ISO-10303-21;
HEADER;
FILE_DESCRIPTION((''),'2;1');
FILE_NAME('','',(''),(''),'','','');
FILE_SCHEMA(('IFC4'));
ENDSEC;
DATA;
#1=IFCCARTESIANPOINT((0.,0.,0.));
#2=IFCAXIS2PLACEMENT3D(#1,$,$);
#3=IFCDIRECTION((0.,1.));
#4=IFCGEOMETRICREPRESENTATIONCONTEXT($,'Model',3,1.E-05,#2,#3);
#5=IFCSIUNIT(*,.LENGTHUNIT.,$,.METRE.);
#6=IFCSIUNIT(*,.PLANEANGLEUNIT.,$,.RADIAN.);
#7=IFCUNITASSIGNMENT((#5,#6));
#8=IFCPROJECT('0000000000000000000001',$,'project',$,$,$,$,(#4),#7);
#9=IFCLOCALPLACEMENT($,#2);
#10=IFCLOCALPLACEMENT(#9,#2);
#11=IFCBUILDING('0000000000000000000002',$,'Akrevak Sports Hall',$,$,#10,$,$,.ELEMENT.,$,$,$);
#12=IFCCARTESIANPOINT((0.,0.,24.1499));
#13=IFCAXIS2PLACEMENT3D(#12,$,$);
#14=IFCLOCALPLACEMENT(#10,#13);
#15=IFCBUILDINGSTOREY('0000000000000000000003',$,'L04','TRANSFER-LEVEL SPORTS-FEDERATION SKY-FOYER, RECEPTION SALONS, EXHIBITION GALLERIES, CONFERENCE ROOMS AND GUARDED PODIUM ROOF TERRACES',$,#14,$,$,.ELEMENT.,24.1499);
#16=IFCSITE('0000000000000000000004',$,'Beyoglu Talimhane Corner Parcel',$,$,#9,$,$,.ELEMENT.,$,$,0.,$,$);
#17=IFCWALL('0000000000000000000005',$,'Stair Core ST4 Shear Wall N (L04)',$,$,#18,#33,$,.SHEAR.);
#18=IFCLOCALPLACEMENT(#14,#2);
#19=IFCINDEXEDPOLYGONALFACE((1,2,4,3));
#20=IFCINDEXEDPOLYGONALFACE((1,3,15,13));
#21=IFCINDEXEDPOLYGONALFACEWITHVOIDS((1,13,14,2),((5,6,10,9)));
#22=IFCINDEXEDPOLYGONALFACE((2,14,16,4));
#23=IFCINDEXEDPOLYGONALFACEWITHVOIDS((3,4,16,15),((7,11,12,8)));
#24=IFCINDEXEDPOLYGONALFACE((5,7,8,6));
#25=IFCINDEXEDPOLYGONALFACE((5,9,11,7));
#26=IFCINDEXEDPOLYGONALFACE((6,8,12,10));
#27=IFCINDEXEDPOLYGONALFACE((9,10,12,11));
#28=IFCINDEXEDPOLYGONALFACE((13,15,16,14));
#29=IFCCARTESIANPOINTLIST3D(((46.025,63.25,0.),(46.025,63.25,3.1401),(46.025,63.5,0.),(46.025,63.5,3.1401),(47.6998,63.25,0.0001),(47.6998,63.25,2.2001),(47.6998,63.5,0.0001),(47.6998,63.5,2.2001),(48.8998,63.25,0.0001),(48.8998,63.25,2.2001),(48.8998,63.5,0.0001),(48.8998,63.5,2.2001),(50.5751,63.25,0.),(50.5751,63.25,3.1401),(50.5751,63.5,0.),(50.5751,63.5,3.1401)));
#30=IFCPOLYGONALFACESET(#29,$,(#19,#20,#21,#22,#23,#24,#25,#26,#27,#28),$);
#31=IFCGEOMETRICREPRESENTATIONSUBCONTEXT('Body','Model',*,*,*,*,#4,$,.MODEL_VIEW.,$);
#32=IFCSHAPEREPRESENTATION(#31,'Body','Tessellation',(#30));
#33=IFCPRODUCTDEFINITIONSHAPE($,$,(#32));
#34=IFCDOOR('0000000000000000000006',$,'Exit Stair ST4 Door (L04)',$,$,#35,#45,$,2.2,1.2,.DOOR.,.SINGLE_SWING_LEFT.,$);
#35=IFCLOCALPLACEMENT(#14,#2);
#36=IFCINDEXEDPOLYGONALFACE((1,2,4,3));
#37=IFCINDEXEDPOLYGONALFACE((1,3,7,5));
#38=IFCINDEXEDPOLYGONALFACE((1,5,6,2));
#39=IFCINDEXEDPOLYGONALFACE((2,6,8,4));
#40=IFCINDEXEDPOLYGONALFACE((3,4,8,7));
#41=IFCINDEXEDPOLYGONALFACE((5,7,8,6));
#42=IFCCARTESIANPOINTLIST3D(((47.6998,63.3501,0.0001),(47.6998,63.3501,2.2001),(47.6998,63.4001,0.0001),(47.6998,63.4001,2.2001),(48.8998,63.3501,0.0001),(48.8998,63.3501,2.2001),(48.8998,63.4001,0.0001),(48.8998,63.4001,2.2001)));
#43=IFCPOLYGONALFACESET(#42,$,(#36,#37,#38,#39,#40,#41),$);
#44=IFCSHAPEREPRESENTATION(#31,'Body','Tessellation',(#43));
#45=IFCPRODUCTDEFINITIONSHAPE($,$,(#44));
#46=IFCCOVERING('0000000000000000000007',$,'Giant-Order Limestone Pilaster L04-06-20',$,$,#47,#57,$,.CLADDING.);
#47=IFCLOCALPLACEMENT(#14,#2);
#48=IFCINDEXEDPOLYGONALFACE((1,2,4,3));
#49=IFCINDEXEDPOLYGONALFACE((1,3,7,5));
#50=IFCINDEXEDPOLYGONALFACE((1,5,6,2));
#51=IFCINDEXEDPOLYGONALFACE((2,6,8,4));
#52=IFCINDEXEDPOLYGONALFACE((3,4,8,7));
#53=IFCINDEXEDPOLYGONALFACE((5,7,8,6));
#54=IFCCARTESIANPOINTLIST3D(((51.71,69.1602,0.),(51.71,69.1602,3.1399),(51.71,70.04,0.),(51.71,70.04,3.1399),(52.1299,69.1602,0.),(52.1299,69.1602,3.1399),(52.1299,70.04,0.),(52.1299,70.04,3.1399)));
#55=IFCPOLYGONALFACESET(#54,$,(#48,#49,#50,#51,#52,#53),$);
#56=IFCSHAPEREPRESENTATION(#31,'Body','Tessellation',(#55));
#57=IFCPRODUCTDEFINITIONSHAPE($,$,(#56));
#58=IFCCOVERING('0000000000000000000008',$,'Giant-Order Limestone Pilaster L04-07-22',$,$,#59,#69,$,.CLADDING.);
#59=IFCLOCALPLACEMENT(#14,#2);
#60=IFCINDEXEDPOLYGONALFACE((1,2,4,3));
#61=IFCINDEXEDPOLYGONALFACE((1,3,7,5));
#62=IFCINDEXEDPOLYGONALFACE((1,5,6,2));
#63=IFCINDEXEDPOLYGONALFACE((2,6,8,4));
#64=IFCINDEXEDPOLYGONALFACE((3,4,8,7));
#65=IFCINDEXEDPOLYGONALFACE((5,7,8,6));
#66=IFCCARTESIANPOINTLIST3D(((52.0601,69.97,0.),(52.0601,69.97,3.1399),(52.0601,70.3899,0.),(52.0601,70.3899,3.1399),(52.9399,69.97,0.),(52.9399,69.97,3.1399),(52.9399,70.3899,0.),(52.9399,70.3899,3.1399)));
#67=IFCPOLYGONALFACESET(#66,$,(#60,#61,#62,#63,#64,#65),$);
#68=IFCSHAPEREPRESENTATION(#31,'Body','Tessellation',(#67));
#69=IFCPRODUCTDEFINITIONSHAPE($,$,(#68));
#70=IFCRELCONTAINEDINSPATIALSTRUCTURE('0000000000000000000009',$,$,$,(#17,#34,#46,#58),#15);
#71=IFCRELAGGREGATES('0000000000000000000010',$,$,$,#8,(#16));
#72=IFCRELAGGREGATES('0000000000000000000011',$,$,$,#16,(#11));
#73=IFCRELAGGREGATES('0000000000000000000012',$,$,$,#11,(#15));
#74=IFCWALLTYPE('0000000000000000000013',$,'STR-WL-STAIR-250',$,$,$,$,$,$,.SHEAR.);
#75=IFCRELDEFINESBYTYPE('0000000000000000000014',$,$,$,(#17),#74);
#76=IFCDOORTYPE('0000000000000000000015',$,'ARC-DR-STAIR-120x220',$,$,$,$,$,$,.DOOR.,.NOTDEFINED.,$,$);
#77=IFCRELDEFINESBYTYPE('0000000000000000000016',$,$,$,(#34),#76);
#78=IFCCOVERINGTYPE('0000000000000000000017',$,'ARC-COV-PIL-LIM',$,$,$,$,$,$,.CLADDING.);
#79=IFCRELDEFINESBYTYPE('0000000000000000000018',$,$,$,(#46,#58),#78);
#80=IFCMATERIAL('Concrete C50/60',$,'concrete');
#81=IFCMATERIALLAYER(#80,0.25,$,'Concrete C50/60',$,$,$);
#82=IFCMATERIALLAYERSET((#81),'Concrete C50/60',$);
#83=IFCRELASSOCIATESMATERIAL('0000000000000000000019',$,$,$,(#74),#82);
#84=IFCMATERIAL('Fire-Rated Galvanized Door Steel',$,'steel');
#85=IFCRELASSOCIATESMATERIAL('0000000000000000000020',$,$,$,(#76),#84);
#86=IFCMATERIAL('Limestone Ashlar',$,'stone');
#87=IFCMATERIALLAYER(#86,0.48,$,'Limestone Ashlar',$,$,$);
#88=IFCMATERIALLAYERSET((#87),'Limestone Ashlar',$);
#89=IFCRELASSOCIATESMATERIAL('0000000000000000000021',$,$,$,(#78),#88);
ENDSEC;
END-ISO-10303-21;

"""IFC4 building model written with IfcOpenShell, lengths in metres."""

from ifc_helpers import new_model, si_unit, direction, frame, frame_2d, origin, origin_2d, place, context, subcontext, project, spatial, rectangle, extrude, material, layer, layer_set, type_object, element, fill, save


model = new_model("IFC4")

# Units and contexts
model_context = context("Model", 3, precision=1e-05, world=origin(), true_north=direction((0.0, 1.0)))
body_context = subcontext(model_context, "Body", "Model", "MODEL_VIEW")
ifc_project = project(units=[si_unit("LENGTHUNIT", "METRE"), si_unit("PLANEANGLEUNIT", "RADIAN")], contexts=[model_context])

# Site, building, storey
site_placement = place(None, origin())
site = spatial("IfcSite", under=ifc_project, at=site_placement, Name="Beyoglu Talimhane Corner Parcel", CompositionType="ELEMENT", RefElevation=0.0)
building_placement = place(site_placement, origin())
building = spatial("IfcBuilding", under=site, at=building_placement, Name="Akrevak Sports Hall", CompositionType="ELEMENT")
storey_placement = place(building_placement, frame((0.0, 0.0, 24.1499)))
storey = spatial("IfcBuildingStorey", under=building, at=storey_placement, Name="L04", Description="TRANSFER-LEVEL SPORTS-FEDERATION SKY-FOYER, RECEPTION SALONS, EXHIBITION GALLERIES, CONFERENCE ROOMS AND GUARDED PODIUM ROOF TERRACES", CompositionType="ELEMENT", Elevation=24.1499)

# Shared definitions
ifc_material_1 = material(Name="Concrete C50/60", Category="concrete")

# Shared definitions
ifc_material_2 = material(Name="Limestone Ashlar", Category="stone")

# Wall, opening, door
ifc_layer_1 = layer(ifc_material_1, 0.25, Name="Concrete C50/60")
ifc_layer_set_1 = layer_set([ifc_layer_1], Name="Concrete C50/60")
wall_type_1 = type_object("IfcWallType", Name="STR-WL-STAIR-250", PredefinedType="SHEAR", material=ifc_layer_set_1)
wall_1_placement = place(storey_placement, frame((50.575, 63.375, 0.0), z_axis=(0.0, 0.0, 1.0), x_axis=(-1.0, 0.0, 0.0)))
wall_1 = element("IfcWall", 1, at=wall_1_placement, inside=storey, type_object=wall_type_1, Name="Stair Core ST4 Shear Wall N (L04)", PredefinedType="SHEAR", context=body_context, shape_type="SweptSolid", body=[
    extrude(rectangle(XDim=4.55, YDim=0.25, at=frame_2d((2.2749, 0.0))), origin(), (0.0, 0.0, 1.0), 3.1401),
])
opening_1_placement = place(wall_1_placement, frame((1.675, 0.0, 0.0)))
opening_1 = element("IfcOpeningElement", 2, at=opening_1_placement, cuts=wall_1, PredefinedType="OPENING", context=body_context, shape_type="SweptSolid", body=[
    extrude(rectangle(XDim=1.2, YDim=2.2, at=frame_2d((0.6001, 1.1001))), frame((0.0, 0.137, 0.0), z_axis=(0.0, -1.0, 0.0), x_axis=(1.0, 0.0, 0.0)), (0.0, 0.0, 1.0), 0.2739),
])
ifc_material_3 = material(Name="Fire-Rated Galvanized Door Steel", Category="steel")
door_type = type_object("IfcDoorType", Name="ARC-DR-STAIR-120x220", OperationType="NOTDEFINED", PredefinedType="DOOR", material=ifc_material_3)
door_placement = place(opening_1_placement, origin())
door = element("IfcDoor", 3, at=door_placement, inside=storey, type_object=door_type, Name="Exit Stair ST4 Door (L04)", OperationType="SINGLE_SWING_LEFT", OverallHeight=2.2, OverallWidth=1.2, PredefinedType="DOOR", context=body_context, shape_type="SweptSolid", body=[
    extrude(rectangle(XDim=1.2, YDim=2.2, at=frame_2d((0.6001, 1.1001))), frame((0.0, 0.0249, 0.0), z_axis=(0.0, -1.0, 0.0), x_axis=(1.0, 0.0, 0.0)), (0.0, 0.0, 1.0), 0.05),
])
fill(opening_1, door)

# Coverings
ifc_layer_2 = layer(ifc_material_2, 0.48, Name="Limestone Ashlar")
ifc_layer_set_2 = layer_set([ifc_layer_2], Name="Limestone Ashlar")
covering_type = type_object("IfcCoveringType", Name="ARC-COV-PIL-LIM", PredefinedType="CLADDING", material=ifc_layer_set_2)
for number, where, z_axis, x_axis, name in (
    (4, (51.9199, 69.6001, 0.0), (0.0, 0.0, 1.0), (0.0, -1.0, 0.0), "Giant-Order Limestone Pilaster L04-06-20"),
    (5, (52.5, 70.1799, 0.0), (0.0, 0.0, 1.0), (-1.0, 0.0, 0.0), "Giant-Order Limestone Pilaster L04-07-22"),
):
    element("IfcCovering", number, at=place(storey_placement, frame(where, z_axis=z_axis, x_axis=x_axis)), inside=storey, type_object=covering_type, Name=name, PredefinedType="CLADDING", context=body_context, shape_type="SweptSolid", body=[
        extrude(rectangle(XDim=0.8799, YDim=0.4199, at=origin_2d()), origin(), (0.0, 0.0, 1.0), 3.1399),
    ])

save(model, "model.ifc")
